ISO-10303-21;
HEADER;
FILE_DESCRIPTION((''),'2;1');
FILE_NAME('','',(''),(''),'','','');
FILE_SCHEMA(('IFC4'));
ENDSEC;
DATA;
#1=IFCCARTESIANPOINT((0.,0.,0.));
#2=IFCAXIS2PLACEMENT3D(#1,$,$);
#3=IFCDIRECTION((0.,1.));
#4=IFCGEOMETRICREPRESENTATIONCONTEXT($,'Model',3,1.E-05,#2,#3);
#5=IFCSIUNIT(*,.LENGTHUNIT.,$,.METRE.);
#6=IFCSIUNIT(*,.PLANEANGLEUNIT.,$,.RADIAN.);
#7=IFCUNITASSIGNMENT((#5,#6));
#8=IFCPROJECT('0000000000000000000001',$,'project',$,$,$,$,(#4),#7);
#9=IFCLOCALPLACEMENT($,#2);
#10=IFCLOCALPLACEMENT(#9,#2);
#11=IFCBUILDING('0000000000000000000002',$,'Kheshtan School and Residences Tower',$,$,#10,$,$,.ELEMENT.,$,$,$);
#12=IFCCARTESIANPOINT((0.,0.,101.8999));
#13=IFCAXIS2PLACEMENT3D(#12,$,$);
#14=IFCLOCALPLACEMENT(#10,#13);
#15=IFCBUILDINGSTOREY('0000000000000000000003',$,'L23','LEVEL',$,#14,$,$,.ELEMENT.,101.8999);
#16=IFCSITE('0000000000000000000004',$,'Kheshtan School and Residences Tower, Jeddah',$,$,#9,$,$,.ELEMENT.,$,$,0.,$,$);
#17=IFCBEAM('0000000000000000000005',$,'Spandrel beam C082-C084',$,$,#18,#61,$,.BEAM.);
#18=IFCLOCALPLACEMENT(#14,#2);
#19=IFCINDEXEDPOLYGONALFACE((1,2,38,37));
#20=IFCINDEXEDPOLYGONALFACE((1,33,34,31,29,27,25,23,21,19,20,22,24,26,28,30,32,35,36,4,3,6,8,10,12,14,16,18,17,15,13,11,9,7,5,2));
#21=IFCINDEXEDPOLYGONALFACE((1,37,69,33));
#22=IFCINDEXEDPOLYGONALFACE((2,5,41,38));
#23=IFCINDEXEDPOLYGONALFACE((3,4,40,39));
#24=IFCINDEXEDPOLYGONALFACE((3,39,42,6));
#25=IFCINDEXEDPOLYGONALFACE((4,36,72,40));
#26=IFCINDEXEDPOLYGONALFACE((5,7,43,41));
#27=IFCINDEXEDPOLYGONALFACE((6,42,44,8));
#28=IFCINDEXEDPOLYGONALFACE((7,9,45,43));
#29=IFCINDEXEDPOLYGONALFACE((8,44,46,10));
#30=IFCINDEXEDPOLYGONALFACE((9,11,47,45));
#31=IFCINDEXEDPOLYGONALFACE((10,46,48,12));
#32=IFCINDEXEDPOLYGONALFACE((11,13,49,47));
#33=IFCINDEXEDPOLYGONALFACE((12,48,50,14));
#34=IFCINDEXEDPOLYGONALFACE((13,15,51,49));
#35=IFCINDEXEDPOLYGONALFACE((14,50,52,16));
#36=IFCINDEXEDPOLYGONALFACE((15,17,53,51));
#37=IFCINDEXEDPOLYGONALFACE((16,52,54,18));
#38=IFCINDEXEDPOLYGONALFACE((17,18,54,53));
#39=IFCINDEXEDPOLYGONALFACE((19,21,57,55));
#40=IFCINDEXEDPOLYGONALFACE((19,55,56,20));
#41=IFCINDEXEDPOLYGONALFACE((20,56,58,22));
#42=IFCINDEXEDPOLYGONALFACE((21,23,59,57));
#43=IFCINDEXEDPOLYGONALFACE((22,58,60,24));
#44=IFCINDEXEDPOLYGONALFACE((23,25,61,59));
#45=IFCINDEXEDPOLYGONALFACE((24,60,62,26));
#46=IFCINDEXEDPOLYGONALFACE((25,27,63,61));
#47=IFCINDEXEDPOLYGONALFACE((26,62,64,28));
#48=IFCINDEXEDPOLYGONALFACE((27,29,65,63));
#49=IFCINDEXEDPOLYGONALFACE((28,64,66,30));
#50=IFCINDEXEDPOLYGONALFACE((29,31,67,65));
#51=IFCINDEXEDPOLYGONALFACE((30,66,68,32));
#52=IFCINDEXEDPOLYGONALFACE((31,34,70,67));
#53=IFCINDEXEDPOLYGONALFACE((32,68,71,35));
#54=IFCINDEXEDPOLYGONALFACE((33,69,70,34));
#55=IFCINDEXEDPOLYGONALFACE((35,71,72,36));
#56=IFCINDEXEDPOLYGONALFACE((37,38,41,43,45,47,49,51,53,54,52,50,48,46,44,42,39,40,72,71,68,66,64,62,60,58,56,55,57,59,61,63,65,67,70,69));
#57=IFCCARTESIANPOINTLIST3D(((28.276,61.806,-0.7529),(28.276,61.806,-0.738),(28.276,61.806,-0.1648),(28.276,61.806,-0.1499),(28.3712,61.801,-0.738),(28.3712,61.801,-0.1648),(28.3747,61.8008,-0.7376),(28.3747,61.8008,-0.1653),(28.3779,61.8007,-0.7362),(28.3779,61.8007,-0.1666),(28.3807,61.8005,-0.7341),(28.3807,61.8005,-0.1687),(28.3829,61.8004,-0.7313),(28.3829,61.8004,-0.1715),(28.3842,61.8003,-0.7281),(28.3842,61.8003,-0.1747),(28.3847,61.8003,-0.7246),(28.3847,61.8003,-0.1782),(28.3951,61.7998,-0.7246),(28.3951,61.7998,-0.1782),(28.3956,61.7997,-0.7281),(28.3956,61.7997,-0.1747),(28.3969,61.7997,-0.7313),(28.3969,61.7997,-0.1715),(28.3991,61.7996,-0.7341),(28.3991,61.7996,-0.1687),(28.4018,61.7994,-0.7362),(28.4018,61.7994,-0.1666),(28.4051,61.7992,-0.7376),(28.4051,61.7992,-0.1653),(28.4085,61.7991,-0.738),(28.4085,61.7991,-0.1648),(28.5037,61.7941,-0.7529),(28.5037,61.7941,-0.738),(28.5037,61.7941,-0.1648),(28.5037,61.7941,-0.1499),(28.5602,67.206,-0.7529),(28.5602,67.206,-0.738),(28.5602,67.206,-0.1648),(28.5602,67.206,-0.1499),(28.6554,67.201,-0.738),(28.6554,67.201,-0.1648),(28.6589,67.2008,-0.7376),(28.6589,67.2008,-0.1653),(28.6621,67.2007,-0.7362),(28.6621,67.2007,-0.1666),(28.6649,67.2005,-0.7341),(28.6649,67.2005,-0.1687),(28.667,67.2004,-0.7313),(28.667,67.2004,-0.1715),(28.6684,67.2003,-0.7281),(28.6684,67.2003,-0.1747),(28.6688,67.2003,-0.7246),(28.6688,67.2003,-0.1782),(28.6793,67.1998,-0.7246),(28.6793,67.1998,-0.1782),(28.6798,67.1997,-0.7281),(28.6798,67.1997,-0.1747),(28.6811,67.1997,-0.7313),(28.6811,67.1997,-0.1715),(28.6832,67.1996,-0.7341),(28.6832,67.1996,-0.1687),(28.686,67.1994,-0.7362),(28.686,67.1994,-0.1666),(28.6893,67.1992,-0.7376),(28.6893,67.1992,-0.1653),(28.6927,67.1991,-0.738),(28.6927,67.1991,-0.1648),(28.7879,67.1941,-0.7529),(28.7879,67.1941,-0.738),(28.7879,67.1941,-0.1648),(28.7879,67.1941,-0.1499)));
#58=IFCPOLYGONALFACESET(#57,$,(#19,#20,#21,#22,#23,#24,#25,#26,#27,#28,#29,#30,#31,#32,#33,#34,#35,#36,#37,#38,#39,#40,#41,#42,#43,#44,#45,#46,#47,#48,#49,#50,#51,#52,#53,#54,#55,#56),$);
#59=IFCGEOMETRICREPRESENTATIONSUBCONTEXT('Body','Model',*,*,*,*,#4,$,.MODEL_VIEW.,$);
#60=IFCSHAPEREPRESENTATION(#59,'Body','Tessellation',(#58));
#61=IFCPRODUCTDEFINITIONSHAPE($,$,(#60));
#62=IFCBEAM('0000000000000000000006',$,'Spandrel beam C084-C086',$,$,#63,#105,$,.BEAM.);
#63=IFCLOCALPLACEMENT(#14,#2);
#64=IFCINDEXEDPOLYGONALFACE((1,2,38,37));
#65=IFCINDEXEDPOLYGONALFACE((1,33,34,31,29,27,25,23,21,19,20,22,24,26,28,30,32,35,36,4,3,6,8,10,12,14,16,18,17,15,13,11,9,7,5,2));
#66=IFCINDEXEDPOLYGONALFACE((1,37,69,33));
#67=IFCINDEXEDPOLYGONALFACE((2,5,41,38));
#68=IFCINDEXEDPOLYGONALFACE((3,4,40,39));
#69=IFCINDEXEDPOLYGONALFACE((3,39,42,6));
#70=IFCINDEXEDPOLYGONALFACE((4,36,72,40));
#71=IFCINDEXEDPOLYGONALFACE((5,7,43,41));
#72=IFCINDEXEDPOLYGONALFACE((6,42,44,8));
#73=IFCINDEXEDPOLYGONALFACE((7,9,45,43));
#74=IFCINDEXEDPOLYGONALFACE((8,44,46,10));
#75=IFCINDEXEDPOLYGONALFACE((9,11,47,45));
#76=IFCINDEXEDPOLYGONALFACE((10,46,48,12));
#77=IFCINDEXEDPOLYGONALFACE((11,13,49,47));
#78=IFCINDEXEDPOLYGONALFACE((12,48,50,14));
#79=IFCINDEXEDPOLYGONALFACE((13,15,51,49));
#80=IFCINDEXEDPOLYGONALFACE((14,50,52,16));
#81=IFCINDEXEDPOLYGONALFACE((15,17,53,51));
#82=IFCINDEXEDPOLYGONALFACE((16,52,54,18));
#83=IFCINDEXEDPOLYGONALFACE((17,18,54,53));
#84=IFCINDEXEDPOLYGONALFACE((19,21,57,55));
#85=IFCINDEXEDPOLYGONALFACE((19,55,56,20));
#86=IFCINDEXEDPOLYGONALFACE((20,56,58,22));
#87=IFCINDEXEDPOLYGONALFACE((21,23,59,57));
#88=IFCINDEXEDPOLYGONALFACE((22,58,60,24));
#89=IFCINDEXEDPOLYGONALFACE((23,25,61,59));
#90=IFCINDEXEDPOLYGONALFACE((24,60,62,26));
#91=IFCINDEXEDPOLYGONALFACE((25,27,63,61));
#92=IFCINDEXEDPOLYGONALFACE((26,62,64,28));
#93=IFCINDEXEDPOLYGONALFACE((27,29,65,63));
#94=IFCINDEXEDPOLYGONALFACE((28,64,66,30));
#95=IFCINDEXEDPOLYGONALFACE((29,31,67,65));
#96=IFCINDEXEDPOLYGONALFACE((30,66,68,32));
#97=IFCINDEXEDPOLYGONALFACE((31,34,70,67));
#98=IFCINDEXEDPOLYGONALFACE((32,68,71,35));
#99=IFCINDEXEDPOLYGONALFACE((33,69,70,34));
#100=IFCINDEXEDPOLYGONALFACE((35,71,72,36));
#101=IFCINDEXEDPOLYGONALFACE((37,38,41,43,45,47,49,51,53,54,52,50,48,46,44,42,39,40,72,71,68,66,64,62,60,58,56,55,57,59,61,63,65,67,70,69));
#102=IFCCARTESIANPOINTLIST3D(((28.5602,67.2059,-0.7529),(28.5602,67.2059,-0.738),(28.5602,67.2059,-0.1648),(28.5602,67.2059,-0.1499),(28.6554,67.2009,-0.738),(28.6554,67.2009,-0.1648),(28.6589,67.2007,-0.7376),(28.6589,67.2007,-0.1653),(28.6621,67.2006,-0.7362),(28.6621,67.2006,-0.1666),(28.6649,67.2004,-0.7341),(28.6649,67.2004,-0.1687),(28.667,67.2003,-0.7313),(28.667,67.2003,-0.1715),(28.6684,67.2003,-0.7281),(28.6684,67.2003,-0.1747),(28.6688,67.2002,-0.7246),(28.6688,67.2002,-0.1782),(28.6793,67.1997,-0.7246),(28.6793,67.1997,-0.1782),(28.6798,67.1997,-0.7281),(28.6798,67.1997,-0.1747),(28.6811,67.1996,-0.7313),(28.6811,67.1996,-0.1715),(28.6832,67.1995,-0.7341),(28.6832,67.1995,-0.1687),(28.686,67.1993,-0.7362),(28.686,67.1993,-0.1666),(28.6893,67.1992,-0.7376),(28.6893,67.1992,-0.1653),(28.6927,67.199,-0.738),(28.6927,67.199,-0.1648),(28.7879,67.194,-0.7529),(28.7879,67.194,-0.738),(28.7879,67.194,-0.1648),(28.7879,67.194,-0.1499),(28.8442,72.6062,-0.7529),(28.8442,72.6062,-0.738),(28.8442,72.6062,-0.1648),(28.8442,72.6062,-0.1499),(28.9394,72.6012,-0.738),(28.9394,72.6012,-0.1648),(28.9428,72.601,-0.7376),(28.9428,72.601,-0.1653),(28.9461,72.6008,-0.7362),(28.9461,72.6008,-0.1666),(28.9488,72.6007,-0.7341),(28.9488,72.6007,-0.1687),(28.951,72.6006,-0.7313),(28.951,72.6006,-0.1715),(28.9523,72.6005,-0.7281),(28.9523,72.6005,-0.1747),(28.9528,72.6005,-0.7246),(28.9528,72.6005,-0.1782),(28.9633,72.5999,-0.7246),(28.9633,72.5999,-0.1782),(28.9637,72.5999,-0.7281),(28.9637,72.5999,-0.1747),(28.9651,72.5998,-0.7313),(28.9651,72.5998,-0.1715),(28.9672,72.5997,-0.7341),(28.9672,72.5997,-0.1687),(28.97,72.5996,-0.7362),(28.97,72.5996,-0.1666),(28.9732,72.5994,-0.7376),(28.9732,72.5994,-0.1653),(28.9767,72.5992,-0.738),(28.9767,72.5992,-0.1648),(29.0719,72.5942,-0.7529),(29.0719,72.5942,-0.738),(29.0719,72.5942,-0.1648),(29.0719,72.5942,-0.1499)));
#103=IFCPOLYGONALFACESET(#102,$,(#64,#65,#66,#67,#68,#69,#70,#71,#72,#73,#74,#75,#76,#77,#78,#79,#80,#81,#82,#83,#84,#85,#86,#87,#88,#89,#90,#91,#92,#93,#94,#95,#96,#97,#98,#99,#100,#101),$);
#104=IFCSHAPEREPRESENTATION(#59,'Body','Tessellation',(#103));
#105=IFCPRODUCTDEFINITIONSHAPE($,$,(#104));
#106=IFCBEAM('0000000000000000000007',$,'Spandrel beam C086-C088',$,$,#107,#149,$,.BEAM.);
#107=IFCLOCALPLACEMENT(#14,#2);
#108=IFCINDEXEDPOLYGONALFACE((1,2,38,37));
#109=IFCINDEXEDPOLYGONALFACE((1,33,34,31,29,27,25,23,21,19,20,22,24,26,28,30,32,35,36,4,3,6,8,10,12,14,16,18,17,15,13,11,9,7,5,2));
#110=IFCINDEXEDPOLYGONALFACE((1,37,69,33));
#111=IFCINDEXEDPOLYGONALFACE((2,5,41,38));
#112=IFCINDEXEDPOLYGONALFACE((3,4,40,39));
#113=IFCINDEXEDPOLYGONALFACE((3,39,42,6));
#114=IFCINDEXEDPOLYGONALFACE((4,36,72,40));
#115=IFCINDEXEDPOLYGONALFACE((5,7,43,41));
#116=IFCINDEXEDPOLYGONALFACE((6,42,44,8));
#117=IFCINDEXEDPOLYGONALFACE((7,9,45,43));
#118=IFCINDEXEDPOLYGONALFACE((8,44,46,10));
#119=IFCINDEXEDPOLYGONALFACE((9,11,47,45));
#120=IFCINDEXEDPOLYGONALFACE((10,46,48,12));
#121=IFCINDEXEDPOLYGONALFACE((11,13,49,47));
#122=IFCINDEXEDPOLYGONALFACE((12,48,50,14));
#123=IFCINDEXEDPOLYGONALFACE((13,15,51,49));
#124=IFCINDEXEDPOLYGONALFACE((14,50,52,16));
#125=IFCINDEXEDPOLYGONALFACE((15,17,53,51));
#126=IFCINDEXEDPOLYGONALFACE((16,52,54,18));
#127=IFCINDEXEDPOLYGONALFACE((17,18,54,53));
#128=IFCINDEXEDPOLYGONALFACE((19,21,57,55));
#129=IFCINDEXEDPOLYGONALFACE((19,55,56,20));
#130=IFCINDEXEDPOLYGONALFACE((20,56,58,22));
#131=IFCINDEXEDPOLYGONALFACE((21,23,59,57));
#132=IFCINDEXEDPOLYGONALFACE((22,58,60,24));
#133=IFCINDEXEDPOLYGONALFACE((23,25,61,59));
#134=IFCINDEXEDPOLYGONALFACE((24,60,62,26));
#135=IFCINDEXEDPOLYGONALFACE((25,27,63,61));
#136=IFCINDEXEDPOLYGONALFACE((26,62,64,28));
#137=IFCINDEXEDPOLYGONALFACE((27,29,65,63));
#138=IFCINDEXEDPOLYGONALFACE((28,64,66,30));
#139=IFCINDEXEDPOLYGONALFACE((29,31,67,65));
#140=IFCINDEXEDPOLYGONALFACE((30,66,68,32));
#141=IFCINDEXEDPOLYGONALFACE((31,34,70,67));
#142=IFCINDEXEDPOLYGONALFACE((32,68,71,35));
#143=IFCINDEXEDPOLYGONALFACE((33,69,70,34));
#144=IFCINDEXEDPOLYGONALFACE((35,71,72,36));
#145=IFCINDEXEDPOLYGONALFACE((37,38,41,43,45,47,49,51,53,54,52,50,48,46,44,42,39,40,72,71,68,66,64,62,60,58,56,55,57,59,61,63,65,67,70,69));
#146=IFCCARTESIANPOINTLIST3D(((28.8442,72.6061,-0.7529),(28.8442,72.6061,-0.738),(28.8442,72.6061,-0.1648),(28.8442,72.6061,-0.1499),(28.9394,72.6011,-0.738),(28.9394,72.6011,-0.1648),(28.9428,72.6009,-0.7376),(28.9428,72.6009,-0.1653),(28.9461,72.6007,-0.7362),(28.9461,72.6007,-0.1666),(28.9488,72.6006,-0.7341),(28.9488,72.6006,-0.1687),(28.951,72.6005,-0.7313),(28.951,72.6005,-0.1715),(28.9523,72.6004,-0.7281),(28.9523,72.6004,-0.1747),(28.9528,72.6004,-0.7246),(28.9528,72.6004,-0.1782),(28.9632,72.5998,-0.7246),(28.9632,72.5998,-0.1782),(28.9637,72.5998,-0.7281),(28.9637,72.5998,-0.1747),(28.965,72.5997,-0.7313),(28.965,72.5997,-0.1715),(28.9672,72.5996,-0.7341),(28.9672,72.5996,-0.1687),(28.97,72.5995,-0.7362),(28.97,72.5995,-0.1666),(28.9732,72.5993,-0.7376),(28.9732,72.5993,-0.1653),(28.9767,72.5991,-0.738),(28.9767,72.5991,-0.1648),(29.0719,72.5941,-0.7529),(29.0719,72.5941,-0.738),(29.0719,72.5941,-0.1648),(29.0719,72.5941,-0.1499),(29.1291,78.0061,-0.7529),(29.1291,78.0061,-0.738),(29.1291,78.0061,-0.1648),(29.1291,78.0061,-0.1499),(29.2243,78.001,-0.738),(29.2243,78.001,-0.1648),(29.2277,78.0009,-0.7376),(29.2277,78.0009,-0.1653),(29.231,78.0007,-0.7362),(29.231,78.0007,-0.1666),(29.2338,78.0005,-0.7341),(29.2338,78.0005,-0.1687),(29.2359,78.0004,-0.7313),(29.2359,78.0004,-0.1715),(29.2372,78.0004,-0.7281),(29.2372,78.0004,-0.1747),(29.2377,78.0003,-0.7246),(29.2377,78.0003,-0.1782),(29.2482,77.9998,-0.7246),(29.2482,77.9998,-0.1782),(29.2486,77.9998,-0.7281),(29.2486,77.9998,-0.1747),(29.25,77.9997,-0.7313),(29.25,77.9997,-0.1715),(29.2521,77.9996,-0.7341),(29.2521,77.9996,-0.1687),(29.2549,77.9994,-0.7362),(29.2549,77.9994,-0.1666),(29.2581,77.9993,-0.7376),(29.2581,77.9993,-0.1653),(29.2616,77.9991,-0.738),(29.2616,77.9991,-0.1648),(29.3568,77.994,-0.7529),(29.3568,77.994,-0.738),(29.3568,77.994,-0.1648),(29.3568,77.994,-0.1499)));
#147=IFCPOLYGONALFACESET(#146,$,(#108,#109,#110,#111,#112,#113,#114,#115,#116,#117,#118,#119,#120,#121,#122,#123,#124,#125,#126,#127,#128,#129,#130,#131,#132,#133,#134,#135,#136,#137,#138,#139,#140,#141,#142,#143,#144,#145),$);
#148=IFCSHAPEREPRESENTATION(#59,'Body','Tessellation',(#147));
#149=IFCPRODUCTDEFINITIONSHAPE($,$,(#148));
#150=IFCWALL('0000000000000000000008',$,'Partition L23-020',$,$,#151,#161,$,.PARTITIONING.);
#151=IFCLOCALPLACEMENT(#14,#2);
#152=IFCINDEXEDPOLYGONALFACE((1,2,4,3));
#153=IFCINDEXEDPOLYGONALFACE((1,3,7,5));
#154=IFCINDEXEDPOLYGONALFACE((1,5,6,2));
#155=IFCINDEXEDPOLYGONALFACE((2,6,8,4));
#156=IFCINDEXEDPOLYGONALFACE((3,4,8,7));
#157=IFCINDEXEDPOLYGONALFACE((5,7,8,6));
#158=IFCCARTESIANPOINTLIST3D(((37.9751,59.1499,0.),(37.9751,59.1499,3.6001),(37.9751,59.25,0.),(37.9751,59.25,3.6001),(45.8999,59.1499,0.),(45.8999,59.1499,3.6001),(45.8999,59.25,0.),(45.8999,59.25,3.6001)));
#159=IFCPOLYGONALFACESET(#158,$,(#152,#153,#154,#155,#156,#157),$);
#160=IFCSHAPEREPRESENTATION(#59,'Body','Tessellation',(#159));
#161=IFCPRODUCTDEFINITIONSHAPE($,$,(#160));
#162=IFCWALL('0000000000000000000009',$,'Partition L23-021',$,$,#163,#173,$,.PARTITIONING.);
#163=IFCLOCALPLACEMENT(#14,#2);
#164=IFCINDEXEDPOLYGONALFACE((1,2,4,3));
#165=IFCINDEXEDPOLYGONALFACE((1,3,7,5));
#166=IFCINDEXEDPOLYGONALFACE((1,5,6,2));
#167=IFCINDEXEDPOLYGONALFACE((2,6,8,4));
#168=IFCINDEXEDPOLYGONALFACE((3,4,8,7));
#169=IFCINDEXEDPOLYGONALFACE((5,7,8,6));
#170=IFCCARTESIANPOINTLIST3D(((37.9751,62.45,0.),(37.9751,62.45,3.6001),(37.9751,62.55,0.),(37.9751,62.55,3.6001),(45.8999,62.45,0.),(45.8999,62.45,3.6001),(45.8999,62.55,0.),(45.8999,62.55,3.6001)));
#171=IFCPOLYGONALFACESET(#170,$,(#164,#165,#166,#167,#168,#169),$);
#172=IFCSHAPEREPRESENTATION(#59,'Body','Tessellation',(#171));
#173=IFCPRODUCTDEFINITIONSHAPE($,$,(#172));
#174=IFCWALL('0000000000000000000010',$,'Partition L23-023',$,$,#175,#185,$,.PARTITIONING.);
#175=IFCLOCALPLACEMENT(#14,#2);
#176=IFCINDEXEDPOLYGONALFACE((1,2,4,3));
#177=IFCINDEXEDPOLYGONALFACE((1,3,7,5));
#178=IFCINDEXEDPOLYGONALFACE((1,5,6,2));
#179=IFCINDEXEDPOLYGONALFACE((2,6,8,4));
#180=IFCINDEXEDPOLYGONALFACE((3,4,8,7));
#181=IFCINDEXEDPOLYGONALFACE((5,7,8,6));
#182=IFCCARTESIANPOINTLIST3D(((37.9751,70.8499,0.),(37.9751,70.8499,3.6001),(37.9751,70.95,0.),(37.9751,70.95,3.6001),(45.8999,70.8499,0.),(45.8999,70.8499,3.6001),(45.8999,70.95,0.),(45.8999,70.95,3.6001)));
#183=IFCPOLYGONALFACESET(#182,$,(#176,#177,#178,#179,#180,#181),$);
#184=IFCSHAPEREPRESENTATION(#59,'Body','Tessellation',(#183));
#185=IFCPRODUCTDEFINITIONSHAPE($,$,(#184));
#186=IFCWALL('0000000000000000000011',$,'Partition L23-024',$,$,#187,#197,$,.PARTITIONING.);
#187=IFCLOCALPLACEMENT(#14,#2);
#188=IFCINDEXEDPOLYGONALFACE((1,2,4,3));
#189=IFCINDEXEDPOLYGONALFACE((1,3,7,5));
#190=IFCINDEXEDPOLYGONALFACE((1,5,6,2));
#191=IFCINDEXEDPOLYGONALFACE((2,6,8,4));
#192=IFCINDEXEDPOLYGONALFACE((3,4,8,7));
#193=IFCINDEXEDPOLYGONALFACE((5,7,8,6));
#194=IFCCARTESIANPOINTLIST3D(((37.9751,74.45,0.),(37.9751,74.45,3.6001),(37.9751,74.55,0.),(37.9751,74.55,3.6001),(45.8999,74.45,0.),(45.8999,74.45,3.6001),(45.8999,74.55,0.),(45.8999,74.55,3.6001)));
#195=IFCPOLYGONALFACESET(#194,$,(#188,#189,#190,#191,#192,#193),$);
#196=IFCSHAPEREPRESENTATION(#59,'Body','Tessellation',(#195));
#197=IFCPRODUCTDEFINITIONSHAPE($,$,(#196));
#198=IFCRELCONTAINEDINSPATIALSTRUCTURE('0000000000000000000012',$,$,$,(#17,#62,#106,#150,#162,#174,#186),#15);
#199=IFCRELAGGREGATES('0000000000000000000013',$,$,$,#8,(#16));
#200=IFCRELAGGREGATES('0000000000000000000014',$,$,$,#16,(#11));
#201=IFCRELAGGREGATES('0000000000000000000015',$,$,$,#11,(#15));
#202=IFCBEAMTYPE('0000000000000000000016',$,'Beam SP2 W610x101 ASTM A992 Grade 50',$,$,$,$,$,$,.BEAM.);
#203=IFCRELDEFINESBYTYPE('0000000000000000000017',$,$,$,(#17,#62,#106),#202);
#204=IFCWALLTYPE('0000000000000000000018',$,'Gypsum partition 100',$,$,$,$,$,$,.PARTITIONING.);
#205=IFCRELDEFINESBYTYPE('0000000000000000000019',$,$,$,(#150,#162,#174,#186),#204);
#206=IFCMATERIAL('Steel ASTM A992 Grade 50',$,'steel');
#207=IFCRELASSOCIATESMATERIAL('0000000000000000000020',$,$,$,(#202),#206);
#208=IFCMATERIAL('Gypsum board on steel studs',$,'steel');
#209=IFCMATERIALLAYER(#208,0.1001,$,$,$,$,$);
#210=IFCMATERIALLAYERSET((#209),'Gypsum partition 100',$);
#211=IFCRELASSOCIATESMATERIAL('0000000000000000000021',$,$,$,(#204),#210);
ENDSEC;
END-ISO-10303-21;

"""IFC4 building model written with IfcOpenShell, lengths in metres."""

from ifc_helpers import new_model, si_unit, direction, frame, frame_2d, origin, origin_2d, place, context, subcontext, project, spatial, rectangle, i_section, extrude, material, layer, layer_set, material_profile, profile_set, type_object, element, save


model = new_model("IFC4")

# Units and contexts
model_context = context("Model", 3, precision=1e-05, world=origin(), true_north=direction((0.0, 1.0)))
body_context = subcontext(model_context, "Body", "Model", "MODEL_VIEW")
ifc_project = project(units=[si_unit("LENGTHUNIT", "METRE"), si_unit("PLANEANGLEUNIT", "RADIAN")], contexts=[model_context])

# Site, building, storey
site_placement = place(None, origin())
site = spatial("IfcSite", under=ifc_project, at=site_placement, Name="Kheshtan School and Residences Tower, Jeddah", CompositionType="ELEMENT", RefElevation=0.0)
building_placement = place(site_placement, origin())
building = spatial("IfcBuilding", under=site, at=building_placement, Name="Kheshtan School and Residences Tower", CompositionType="ELEMENT")
storey_placement = place(building_placement, frame((0.0, 0.0, 101.8999)))
storey = spatial("IfcBuildingStorey", under=building, at=storey_placement, Name="L23", Description="LEVEL", CompositionType="ELEMENT", Elevation=101.8999)

# Shared definitions
ifc_material_1 = material(Name="Steel ASTM A992 Grade 50", Category="steel")

# Beams
ifc_material_profile_1 = material_profile(ifc_material_1, i_section(OverallWidth=0.228, OverallDepth=0.603, WebThickness=0.0105, FlangeThickness=0.0149, FilletRadius=0.0134, at=origin_2d()), Name="W610x101")
ifc_profile_set_1 = profile_set([ifc_material_profile_1], Name="Steel ASTM A992 Grade 50")
beam_type_1 = type_object("IfcBeamType", Name="Beam SP2 W610x101 ASTM A992 Grade 50", PredefinedType="BEAM", material=ifc_profile_set_1)
beam_1_placement = place(storey_placement, frame((28.3899, 61.8, -0.4514), z_axis=(0.052554, 0.998618, 0.0), x_axis=(-0.998618, 0.052554, 0.0)))
element("IfcBeam", 1, at=beam_1_placement, inside=storey, type_object=beam_type_1, Name="Spandrel beam C082-C084", PredefinedType="BEAM", context=body_context, shape_type="SweptSolid", body=[
    extrude(i_section(OverallWidth=0.228, OverallDepth=0.603, WebThickness=0.0105, FlangeThickness=0.0149, FilletRadius=0.0134, at=origin_2d()), origin(), (0.0, 0.0, 1.0), 5.4075),
])
beam_2_placement = place(storey_placement, frame((28.6741, 67.2, -0.4514), z_axis=(0.052507, 0.998621, 0.0), x_axis=(-0.998621, 0.052507, 0.0)))
element("IfcBeam", 2, at=beam_2_placement, inside=storey, type_object=beam_type_1, Name="Spandrel beam C084-C086", PredefinedType="BEAM", context=body_context, shape_type="SweptSolid", body=[
    extrude(i_section(OverallWidth=0.228, OverallDepth=0.603, WebThickness=0.0105, FlangeThickness=0.0149, FilletRadius=0.0134, at=origin_2d()), origin(), (0.0, 0.0, 1.0), 5.4077),
])
beam_3_placement = place(storey_placement, frame((28.958, 72.6001, -0.4514), z_axis=(0.052689, 0.998611, 0.0), x_axis=(-0.998611, 0.052689, 0.0)))
element("IfcBeam", 3, at=beam_3_placement, inside=storey, type_object=beam_type_1, Name="Spandrel beam C086-C088", PredefinedType="BEAM", context=body_context, shape_type="SweptSolid", body=[
    extrude(i_section(OverallWidth=0.228, OverallDepth=0.603, WebThickness=0.0105, FlangeThickness=0.0149, FilletRadius=0.0134, at=origin_2d()), origin(), (0.0, 0.0, 1.0), 5.4075),
])

# Walls
ifc_material_2 = material(Name="Gypsum board on steel studs", Category="steel")
ifc_layer_1 = layer(ifc_material_2, 0.1001)
ifc_layer_set_1 = layer_set([ifc_layer_1], Name="Gypsum partition 100")
wall_type_1 = type_object("IfcWallType", Name="Gypsum partition 100", PredefinedType="PARTITIONING", material=ifc_layer_set_1)
for number, where, z_axis, x_axis, name in (
    (4, (37.9751, 59.2, 0.0), (0.0, 0.0, 1.0), (1.0, 0.0, 0.0), "Partition L23-020"),
    (5, (37.9751, 62.5, 0.0), (0.0, 0.0, 1.0), (1.0, 0.0, 0.0), "Partition L23-021"),
    (6, (37.9751, 70.8999, 0.0), (0.0, 0.0, 1.0), (1.0, 0.0, 0.0), "Partition L23-023"),
    (7, (37.9751, 74.5, 0.0), (0.0, 0.0, 1.0), (1.0, 0.0, 0.0), "Partition L23-024"),
):
    element("IfcWall", number, at=place(storey_placement, frame(where, z_axis=z_axis, x_axis=x_axis)), inside=storey, type_object=wall_type_1, Name=name, PredefinedType="PARTITIONING", context=body_context, shape_type="SweptSolid", body=[
        extrude(rectangle(XDim=7.9248, YDim=0.1001, at=frame_2d((3.9624, 0.0))), origin(), (0.0, 0.0, 1.0), 3.6001),
    ])

save(model, "model.ifc")
